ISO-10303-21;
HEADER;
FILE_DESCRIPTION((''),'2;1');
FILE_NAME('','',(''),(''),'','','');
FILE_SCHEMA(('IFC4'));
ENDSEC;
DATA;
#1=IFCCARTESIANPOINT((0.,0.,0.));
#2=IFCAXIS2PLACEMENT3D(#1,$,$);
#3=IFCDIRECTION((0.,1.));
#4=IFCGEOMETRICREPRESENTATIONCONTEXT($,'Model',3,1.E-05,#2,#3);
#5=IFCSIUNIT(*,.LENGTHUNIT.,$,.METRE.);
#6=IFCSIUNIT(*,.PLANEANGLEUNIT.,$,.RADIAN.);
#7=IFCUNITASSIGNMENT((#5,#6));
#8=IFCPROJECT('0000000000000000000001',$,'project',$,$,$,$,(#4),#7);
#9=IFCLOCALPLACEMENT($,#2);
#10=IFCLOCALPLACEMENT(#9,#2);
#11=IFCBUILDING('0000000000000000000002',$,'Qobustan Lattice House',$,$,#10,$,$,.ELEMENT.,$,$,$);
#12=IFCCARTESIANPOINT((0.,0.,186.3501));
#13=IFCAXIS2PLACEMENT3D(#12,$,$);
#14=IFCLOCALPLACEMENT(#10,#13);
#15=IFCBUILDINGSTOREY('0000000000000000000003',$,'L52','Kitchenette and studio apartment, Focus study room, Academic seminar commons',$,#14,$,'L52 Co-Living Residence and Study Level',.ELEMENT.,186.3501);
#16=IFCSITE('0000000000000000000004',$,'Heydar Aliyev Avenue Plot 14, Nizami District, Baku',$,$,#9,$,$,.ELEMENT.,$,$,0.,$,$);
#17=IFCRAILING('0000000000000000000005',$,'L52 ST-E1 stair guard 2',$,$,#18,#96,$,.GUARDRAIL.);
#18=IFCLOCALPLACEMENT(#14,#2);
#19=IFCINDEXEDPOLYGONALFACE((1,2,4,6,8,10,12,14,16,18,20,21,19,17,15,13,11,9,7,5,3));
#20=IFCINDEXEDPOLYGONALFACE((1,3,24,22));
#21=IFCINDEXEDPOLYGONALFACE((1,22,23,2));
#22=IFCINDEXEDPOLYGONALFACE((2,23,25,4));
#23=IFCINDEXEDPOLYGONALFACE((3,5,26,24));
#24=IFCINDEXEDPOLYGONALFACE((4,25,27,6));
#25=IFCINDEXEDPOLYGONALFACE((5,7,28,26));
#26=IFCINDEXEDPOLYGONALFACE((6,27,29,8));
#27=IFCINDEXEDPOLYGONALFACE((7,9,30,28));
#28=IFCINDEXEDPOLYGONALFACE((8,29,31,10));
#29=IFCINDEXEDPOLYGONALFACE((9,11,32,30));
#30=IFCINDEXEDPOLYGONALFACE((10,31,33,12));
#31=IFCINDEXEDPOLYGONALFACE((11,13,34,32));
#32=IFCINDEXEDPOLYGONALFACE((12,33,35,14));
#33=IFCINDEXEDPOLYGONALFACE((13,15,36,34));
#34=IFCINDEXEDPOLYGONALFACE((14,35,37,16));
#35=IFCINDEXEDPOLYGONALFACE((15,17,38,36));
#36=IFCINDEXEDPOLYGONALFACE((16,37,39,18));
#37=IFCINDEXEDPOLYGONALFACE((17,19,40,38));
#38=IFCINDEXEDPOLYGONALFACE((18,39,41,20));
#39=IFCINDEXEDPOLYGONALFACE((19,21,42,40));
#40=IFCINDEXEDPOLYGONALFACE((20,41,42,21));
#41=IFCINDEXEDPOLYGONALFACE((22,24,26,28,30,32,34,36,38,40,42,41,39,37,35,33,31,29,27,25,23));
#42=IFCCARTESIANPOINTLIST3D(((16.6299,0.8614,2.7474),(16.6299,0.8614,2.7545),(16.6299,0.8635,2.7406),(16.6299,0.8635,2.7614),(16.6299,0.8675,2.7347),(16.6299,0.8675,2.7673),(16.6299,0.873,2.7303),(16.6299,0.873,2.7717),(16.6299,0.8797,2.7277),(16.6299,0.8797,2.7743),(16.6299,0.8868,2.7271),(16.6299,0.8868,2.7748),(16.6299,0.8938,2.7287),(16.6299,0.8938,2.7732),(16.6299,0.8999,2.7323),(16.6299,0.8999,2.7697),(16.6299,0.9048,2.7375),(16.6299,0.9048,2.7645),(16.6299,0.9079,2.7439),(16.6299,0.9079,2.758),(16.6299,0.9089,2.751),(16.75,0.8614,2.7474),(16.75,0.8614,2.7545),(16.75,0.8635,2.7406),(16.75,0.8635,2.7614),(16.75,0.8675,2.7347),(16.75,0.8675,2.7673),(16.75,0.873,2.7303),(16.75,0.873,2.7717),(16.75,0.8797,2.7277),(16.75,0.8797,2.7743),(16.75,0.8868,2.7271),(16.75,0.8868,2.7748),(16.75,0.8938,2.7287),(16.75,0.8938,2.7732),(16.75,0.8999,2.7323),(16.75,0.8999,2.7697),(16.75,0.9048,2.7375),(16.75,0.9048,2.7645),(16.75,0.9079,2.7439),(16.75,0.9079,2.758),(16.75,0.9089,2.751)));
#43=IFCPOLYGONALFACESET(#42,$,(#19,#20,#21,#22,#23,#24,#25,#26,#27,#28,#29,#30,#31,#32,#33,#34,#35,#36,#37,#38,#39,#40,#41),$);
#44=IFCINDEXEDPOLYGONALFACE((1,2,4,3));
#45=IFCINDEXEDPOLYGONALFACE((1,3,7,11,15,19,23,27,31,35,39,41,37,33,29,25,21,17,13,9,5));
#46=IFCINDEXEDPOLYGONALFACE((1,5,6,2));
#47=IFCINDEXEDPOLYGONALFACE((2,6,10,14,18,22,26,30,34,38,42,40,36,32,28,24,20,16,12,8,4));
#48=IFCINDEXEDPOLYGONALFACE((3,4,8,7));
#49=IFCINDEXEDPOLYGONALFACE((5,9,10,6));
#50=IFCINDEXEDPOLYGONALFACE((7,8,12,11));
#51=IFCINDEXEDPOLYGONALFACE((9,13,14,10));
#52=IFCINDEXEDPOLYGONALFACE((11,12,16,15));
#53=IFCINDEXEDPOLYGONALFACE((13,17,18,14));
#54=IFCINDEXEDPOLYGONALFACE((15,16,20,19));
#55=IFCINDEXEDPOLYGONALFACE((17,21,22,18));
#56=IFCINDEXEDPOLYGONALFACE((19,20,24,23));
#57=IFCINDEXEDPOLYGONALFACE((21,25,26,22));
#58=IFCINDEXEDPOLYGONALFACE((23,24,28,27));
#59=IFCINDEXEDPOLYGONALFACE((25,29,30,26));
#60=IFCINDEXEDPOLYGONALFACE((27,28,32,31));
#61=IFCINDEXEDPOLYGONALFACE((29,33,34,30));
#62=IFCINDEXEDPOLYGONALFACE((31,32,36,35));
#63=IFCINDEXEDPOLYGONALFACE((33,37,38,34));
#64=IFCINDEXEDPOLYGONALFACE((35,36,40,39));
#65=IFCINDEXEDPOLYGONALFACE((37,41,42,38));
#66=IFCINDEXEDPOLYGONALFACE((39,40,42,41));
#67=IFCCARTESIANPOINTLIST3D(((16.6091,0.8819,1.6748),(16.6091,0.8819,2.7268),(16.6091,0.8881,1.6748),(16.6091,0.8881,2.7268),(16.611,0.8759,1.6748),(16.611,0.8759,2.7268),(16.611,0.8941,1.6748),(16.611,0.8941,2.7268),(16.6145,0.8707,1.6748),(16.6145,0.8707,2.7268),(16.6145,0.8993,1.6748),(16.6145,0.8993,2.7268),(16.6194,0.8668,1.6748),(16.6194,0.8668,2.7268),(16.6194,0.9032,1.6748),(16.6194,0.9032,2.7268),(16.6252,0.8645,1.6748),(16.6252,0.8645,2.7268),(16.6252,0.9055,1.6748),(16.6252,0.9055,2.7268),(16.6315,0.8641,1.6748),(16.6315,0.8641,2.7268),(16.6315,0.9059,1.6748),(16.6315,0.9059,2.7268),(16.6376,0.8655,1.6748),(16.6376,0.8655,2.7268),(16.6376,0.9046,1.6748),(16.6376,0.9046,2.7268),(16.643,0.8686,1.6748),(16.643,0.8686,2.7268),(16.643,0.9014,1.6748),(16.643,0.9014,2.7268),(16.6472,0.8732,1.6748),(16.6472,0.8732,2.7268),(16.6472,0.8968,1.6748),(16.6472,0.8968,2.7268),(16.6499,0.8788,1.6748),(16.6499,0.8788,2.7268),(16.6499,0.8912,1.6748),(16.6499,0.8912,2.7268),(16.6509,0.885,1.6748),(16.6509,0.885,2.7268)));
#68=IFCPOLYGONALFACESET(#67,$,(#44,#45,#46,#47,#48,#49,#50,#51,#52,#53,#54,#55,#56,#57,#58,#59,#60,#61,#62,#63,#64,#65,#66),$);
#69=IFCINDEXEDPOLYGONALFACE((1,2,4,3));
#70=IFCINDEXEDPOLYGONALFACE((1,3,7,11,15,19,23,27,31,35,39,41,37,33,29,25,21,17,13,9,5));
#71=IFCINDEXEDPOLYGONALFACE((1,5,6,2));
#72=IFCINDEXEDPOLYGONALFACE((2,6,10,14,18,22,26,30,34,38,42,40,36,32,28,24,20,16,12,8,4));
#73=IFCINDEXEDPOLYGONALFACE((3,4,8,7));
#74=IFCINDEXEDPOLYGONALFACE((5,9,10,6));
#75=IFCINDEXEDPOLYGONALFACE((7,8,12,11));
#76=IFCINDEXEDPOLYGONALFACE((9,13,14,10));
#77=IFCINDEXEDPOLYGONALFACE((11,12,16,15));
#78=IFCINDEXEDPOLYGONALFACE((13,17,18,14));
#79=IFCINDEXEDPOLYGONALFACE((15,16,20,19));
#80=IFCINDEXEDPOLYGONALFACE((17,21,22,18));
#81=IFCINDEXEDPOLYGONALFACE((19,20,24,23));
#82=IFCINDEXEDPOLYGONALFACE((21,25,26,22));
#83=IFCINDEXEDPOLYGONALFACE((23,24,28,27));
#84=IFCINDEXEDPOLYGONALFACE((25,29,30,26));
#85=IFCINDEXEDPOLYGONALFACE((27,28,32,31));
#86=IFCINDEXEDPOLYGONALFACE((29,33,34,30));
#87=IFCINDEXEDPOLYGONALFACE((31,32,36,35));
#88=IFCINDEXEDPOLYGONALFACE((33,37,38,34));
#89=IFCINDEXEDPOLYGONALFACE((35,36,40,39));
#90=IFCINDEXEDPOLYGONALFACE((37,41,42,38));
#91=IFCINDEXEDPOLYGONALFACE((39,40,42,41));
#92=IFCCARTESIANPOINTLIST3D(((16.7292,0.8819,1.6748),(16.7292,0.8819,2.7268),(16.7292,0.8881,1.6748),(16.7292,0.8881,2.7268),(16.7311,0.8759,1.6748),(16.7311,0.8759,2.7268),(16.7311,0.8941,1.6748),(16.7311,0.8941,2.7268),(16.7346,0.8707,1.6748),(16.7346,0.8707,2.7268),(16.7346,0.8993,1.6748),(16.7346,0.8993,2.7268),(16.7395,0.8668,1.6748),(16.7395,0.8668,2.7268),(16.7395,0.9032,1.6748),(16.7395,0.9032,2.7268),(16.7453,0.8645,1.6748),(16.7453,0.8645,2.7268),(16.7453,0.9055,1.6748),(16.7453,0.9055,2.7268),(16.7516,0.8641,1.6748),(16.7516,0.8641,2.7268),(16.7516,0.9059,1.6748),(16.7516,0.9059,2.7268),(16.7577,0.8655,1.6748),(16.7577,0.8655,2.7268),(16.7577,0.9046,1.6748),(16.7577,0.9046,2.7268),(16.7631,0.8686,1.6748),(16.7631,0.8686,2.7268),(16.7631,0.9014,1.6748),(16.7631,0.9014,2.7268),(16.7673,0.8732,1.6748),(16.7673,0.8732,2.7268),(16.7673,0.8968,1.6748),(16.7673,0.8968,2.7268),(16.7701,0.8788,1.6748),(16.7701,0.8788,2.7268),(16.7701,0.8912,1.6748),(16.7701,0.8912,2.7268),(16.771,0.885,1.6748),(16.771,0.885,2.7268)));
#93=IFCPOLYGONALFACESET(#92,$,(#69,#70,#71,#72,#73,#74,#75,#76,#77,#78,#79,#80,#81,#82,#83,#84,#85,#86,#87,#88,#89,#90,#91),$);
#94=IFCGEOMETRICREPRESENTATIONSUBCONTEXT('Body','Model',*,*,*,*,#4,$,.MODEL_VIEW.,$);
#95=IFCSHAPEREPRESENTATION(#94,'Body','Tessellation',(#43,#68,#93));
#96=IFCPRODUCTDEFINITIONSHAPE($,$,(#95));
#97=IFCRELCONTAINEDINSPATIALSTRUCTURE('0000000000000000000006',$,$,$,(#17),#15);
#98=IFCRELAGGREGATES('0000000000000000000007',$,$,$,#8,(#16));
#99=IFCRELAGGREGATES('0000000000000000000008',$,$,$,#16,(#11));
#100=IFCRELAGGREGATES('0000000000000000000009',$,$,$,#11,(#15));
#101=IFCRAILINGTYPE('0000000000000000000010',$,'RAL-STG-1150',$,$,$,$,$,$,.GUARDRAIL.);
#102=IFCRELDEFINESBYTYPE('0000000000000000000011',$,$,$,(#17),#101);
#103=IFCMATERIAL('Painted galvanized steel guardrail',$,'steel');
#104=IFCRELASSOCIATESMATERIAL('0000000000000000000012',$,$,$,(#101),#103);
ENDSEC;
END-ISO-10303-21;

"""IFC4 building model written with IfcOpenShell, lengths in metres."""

from ifc_helpers import new_model, si_unit, direction, frame, origin, origin_2d, place, context, subcontext, project, spatial, circle, extrude, material, type_object, element, save


model = new_model("IFC4")

# Units and contexts
model_context = context("Model", 3, precision=1e-05, world=origin(), true_north=direction((0.0, 1.0)))
body_context = subcontext(model_context, "Body", "Model", "MODEL_VIEW")
ifc_project = project(units=[si_unit("LENGTHUNIT", "METRE"), si_unit("PLANEANGLEUNIT", "RADIAN")], contexts=[model_context])

# Site, building, storey
site_placement = place(None, origin())
site = spatial("IfcSite", under=ifc_project, at=site_placement, Name="Heydar Aliyev Avenue Plot 14, Nizami District, Baku", CompositionType="ELEMENT", RefElevation=0.0)
building_placement = place(site_placement, origin())
building = spatial("IfcBuilding", under=site, at=building_placement, Name="Qobustan Lattice House", CompositionType="ELEMENT")
storey_placement = place(building_placement, frame((0.0, 0.0, 186.3501)))
storey = spatial("IfcBuildingStorey", under=building, at=storey_placement, Name="L52", Description="Kitchenette and studio apartment, Focus study room, Academic seminar commons", LongName="L52 Co-Living Residence and Study Level", CompositionType="ELEMENT", Elevation=186.3501)

# Railing
ifc_material_1 = material(Name="Painted galvanized steel guardrail", Category="steel")
railing_type_1 = type_object("IfcRailingType", Name="RAL-STG-1150", PredefinedType="GUARDRAIL", material=ifc_material_1)
railing_1_placement = place(storey_placement, frame((16.6299, 0.885, 1.6748)))
element("IfcRailing", 1, at=railing_1_placement, inside=storey, type_object=railing_type_1, Name="L52 ST-E1 stair guard 2", PredefinedType="GUARDRAIL", context=body_context, shape_type="SweptSolid", body=[
    extrude(circle(Radius=0.0239, at=origin_2d()), frame((0.0, 0.0, 1.0762), z_axis=(1.0, 0.0, 0.0), x_axis=(0.0, 1.0, 0.0)), (0.0, 0.0, 1.0), 0.1201),
    extrude(circle(Radius=0.021, at=origin_2d()), origin(), (0.0, 0.0, 1.0), 1.052),
    extrude(circle(Radius=0.021, at=origin_2d()), frame((0.1201, 0.0, 0.0)), (0.0, 0.0, 1.0), 1.052),
])

save(model, "model.ifc")
